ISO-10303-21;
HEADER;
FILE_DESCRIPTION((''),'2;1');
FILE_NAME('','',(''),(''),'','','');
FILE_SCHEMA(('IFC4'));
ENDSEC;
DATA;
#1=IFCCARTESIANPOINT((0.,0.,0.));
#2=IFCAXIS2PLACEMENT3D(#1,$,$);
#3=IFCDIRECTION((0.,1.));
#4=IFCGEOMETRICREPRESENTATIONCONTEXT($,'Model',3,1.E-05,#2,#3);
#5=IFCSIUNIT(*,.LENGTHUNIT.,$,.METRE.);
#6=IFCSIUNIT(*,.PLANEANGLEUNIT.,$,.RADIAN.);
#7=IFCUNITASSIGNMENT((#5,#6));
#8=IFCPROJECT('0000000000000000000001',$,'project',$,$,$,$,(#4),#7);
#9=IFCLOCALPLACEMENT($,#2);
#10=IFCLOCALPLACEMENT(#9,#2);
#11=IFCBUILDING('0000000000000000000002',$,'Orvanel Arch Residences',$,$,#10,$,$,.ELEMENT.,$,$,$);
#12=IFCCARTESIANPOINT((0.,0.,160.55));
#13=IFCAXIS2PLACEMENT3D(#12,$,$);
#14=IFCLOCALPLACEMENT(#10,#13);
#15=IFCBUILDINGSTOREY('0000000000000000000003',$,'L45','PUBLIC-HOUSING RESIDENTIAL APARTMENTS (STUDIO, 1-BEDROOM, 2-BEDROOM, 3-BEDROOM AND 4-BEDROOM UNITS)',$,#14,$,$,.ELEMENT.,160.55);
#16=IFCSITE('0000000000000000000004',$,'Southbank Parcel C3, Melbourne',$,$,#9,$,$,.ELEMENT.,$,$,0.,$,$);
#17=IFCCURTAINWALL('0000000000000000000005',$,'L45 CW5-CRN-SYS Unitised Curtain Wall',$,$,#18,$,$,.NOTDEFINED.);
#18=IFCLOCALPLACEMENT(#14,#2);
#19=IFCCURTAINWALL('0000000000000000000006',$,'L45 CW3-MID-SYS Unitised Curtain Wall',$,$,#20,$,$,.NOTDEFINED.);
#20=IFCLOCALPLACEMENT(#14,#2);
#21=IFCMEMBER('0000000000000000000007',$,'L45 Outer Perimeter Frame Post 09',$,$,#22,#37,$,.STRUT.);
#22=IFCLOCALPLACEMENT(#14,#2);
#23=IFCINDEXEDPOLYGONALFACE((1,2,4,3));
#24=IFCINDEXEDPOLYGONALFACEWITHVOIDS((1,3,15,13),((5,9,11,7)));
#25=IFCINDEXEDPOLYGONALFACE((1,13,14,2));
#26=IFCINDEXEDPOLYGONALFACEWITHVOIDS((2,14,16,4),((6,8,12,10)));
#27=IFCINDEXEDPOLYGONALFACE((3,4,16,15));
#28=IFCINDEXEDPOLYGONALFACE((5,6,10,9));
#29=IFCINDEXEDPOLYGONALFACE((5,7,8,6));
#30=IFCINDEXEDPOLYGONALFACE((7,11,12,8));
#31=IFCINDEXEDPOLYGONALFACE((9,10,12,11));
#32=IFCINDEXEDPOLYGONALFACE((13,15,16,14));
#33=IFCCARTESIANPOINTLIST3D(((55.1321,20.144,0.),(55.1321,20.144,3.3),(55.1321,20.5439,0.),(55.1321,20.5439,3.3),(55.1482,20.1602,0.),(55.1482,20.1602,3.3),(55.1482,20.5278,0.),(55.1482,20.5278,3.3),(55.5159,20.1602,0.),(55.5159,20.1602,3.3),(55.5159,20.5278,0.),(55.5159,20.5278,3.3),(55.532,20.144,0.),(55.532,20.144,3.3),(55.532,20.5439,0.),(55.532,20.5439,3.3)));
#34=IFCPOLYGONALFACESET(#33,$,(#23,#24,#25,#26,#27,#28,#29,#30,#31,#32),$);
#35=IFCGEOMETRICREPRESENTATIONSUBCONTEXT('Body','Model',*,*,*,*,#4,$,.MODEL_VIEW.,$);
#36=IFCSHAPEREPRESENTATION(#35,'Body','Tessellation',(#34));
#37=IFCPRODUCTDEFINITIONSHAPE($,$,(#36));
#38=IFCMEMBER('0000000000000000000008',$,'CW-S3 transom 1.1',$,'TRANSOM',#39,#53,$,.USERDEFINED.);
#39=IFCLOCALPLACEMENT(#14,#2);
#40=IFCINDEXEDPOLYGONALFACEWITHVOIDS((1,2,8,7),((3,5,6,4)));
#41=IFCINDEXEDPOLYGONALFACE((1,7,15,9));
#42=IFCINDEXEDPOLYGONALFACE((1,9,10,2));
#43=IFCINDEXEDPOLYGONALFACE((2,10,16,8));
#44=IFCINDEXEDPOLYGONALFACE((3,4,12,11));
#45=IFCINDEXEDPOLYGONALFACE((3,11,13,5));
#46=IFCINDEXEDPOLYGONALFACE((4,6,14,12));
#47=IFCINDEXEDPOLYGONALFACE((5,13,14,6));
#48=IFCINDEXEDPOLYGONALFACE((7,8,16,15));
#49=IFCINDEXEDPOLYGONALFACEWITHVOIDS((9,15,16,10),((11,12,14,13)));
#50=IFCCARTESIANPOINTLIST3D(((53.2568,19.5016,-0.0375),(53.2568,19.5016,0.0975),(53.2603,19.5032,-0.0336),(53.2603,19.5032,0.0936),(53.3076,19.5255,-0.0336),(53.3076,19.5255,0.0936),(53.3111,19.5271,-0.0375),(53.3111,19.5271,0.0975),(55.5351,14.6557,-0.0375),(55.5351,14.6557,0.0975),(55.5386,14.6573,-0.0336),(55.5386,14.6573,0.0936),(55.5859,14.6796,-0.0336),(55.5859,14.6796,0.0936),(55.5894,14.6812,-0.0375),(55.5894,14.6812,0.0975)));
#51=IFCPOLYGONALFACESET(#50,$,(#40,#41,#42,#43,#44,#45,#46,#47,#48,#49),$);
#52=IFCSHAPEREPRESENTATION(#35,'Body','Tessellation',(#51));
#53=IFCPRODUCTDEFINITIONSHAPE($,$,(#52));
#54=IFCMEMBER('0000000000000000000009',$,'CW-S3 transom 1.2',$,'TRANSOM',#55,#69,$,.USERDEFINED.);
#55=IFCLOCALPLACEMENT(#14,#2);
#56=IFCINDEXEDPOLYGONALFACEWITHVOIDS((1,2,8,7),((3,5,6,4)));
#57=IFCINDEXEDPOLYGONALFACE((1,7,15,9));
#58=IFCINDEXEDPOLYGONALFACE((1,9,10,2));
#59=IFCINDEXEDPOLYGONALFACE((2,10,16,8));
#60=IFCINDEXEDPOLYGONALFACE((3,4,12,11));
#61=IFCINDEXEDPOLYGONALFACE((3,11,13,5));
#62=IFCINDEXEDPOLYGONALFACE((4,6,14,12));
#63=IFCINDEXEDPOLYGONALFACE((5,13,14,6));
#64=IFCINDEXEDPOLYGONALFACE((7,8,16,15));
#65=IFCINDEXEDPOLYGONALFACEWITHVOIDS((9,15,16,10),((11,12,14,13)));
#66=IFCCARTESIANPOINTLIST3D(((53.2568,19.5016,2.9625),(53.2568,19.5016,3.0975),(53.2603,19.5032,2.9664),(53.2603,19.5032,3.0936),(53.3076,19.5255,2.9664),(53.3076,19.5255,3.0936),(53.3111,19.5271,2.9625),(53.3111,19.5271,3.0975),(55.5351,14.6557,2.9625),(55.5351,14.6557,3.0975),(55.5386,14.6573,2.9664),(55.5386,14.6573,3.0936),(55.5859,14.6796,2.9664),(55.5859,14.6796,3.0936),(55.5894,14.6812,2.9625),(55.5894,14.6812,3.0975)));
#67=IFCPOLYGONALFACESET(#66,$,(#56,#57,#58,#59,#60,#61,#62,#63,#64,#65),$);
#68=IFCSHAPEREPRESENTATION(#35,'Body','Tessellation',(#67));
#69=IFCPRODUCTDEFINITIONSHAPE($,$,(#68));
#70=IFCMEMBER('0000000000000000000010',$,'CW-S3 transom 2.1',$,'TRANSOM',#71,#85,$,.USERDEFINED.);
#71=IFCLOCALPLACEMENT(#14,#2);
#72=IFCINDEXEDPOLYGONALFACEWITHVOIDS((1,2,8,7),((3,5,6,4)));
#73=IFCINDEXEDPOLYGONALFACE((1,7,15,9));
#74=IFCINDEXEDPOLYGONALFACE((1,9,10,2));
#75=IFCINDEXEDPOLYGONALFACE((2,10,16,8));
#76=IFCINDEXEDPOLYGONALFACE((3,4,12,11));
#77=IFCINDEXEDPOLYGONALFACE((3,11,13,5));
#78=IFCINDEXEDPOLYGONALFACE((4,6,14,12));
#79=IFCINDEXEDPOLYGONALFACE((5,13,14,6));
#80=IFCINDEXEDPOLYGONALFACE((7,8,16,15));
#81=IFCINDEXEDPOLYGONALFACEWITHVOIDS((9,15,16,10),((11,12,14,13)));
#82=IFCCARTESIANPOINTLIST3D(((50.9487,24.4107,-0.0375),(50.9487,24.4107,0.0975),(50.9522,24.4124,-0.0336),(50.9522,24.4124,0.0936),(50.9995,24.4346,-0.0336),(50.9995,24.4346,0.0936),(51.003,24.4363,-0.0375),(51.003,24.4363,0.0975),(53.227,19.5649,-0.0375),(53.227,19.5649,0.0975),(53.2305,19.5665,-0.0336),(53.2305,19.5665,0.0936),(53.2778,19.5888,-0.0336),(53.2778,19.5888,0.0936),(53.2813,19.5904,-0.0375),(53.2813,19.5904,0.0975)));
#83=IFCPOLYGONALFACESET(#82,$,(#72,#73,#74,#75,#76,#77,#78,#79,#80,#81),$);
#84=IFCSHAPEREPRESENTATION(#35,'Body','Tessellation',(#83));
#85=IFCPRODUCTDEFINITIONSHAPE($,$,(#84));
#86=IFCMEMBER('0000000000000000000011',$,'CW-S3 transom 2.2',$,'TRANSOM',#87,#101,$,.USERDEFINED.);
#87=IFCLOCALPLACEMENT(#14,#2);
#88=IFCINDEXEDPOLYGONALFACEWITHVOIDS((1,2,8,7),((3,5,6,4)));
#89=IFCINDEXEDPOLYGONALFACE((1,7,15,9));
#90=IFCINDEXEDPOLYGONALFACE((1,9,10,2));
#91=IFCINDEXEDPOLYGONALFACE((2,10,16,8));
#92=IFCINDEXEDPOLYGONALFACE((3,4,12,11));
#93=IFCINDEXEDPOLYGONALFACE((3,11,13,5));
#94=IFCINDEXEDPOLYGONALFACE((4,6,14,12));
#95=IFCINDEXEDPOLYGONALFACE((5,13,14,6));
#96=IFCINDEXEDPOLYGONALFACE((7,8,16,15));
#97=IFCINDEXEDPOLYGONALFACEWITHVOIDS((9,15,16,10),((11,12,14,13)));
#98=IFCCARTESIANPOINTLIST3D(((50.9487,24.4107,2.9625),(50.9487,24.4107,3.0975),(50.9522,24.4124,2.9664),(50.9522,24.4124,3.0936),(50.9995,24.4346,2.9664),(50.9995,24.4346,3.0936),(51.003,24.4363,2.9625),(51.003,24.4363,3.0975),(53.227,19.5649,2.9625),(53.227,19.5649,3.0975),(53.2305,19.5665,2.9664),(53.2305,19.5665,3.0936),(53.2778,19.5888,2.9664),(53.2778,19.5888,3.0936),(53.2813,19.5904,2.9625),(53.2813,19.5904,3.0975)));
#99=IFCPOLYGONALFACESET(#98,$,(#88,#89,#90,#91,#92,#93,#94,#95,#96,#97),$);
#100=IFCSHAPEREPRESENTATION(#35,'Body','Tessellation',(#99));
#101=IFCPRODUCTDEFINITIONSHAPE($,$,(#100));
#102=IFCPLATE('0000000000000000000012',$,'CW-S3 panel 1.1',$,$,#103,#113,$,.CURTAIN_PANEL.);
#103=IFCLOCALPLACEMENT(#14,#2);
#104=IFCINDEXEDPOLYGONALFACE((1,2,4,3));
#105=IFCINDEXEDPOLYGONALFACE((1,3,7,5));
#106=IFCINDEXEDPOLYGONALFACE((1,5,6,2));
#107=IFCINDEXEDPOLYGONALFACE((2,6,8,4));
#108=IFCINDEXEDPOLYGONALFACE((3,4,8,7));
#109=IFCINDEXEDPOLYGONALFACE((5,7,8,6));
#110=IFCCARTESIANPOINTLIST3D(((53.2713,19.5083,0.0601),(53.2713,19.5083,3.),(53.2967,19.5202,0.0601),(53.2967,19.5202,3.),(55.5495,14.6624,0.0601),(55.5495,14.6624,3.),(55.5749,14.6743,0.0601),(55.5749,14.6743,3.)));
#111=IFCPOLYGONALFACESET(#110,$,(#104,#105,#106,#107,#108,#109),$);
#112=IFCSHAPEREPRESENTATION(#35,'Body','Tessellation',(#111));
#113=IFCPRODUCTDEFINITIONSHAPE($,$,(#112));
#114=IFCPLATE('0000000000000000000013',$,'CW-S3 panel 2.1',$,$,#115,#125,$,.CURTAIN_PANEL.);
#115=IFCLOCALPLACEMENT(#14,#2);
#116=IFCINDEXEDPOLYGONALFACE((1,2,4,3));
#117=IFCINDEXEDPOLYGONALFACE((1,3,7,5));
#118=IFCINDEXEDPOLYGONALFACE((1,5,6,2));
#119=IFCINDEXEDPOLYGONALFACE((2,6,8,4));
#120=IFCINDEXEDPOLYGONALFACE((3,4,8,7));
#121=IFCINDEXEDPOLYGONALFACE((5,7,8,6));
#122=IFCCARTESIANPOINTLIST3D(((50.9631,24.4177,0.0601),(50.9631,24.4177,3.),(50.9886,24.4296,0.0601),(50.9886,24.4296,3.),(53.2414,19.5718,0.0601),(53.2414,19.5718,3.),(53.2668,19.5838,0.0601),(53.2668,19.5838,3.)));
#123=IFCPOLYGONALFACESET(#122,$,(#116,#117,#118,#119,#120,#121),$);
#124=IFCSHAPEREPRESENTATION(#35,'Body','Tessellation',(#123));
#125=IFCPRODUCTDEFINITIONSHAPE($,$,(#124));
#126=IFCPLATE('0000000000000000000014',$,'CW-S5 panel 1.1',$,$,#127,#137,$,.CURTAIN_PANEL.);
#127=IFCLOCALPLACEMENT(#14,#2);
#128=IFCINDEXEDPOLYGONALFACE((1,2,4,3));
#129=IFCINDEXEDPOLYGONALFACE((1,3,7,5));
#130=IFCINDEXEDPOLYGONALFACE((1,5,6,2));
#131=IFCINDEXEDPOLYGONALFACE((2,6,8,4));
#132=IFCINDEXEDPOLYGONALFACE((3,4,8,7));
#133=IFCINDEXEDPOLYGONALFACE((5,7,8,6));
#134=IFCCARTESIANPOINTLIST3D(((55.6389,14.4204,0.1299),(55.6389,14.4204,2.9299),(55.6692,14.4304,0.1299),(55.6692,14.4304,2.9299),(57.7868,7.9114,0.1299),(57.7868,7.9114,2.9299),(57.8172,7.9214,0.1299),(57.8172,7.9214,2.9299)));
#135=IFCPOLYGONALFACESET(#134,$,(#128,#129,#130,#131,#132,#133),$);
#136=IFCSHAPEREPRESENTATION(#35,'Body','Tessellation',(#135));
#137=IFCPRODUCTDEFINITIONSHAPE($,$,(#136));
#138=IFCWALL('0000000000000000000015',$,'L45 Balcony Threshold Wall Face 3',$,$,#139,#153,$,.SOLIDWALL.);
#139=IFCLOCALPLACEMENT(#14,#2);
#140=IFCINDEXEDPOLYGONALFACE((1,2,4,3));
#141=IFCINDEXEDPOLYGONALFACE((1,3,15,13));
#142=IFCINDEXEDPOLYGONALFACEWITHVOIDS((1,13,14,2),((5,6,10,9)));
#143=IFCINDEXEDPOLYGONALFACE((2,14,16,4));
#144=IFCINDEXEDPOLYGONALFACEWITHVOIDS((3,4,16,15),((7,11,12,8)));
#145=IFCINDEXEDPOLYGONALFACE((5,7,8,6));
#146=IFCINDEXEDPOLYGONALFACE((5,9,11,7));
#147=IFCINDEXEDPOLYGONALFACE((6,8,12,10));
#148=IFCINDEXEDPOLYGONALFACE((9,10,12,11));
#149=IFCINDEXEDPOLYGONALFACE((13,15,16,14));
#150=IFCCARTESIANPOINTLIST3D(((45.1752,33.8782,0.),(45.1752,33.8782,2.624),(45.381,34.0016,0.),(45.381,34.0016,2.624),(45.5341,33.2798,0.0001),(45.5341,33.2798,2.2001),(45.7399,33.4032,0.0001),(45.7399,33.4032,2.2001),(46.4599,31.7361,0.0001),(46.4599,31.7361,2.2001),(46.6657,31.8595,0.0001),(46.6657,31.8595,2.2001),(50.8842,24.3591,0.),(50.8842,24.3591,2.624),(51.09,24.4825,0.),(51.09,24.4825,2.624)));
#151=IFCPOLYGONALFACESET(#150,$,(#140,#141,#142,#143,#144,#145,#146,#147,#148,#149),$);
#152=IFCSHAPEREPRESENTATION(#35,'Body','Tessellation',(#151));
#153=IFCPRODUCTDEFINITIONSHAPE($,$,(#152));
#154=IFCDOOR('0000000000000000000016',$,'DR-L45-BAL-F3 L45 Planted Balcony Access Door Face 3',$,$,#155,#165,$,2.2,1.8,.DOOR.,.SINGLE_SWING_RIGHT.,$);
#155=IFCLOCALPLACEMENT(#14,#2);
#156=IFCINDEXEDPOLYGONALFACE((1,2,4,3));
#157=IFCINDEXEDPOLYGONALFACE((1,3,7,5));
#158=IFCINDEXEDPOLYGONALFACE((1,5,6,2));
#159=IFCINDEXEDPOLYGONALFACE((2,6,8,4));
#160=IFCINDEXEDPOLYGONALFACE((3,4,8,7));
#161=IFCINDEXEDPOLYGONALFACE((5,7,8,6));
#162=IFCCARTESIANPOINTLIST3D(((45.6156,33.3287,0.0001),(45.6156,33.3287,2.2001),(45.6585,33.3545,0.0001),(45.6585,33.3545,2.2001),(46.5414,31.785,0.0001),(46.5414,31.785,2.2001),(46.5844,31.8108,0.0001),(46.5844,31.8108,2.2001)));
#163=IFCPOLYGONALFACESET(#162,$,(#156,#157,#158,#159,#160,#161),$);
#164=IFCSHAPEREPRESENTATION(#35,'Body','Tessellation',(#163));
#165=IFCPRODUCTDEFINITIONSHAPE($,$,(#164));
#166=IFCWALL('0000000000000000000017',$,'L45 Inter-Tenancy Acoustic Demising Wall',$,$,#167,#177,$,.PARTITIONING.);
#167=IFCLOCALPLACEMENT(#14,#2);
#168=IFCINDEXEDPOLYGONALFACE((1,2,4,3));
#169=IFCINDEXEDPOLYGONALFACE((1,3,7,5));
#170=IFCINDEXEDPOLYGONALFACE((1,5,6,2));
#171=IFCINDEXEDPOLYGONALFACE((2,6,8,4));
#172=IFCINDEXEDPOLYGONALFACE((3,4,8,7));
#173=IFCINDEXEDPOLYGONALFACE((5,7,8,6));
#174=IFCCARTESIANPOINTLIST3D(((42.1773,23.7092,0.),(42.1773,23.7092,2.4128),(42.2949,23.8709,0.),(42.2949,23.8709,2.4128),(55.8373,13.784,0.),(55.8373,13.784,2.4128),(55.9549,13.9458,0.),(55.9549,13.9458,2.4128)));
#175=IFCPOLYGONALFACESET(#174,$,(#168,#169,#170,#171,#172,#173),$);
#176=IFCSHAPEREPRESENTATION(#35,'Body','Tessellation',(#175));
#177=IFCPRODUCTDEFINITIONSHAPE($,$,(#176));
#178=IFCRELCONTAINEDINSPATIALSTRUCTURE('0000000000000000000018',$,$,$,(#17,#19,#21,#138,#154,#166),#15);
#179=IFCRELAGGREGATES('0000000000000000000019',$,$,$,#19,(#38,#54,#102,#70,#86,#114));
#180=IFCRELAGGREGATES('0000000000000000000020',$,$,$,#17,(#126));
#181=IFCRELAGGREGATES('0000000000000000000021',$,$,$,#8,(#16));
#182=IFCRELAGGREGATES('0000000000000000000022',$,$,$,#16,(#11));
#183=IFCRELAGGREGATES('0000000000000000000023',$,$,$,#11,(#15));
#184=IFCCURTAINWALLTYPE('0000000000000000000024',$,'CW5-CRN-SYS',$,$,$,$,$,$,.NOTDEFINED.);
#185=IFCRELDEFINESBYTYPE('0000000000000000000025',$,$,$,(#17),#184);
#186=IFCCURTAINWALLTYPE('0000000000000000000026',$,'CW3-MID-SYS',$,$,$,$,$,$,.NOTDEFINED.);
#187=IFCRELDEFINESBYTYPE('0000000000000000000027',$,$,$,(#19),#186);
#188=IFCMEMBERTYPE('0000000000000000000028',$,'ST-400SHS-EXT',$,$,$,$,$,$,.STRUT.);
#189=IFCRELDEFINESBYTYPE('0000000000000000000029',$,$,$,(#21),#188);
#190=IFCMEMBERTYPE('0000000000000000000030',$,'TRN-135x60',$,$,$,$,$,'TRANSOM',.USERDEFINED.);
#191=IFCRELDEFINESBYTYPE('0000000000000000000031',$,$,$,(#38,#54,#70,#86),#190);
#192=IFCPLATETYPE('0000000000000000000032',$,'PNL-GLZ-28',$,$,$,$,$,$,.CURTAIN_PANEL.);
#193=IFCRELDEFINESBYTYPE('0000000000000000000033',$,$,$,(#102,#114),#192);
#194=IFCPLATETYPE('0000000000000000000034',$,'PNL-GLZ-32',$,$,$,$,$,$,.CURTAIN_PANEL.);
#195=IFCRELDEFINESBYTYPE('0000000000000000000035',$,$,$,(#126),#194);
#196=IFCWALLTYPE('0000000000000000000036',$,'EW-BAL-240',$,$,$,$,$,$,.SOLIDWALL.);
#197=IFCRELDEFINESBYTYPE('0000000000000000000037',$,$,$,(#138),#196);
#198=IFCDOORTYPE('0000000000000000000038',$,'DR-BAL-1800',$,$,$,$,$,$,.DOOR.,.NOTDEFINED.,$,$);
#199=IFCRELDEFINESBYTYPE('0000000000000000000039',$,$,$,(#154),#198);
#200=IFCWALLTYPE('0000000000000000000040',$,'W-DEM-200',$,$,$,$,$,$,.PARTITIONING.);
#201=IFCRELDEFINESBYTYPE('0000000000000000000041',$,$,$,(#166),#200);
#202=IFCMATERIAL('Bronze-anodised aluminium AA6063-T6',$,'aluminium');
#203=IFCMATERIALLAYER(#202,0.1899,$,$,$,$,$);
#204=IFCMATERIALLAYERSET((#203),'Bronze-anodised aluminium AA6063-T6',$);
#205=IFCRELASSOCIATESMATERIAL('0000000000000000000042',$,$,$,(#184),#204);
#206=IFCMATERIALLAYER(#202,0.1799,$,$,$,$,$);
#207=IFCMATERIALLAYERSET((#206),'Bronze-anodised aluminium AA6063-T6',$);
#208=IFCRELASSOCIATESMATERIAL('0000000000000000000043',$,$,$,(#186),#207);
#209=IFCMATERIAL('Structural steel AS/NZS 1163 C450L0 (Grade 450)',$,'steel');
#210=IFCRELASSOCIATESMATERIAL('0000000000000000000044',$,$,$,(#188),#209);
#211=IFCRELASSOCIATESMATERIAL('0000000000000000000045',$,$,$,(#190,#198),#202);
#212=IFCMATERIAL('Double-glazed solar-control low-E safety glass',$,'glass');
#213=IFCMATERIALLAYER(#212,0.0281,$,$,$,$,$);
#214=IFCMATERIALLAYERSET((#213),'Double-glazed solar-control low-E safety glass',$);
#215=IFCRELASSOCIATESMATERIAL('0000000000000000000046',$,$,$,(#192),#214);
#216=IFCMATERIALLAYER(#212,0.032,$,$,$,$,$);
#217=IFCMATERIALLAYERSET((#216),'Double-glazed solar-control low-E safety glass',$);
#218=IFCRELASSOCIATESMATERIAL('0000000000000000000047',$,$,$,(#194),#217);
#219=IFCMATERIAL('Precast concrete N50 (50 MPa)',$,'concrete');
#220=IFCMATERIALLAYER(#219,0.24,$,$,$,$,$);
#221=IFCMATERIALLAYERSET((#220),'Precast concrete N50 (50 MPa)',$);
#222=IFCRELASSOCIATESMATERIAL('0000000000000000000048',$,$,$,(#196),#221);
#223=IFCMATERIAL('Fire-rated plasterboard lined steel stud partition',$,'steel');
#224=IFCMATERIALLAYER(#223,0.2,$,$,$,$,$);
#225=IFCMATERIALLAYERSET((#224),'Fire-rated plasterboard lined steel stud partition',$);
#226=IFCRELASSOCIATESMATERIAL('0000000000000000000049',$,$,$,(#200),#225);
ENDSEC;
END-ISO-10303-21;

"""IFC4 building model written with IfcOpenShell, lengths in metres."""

from ifc_helpers import new_model, si_unit, direction, frame, frame_2d, origin, origin_2d, place, context, subcontext, project, spatial, rectangle, hollow_rectangle, extrude, material, layer, layer_set, material_profile, profile_set, type_object, element, fill, aggregate, save


model = new_model("IFC4")

# Units and contexts
model_context = context("Model", 3, precision=1e-05, world=origin(), true_north=direction((0.0, 1.0)))
body_context = subcontext(model_context, "Body", "Model", "MODEL_VIEW")
ifc_project = project(units=[si_unit("LENGTHUNIT", "METRE"), si_unit("PLANEANGLEUNIT", "RADIAN")], contexts=[model_context])

# Site, building, storey
site_placement = place(None, origin())
site = spatial("IfcSite", under=ifc_project, at=site_placement, Name="Southbank Parcel C3, Melbourne", CompositionType="ELEMENT", RefElevation=0.0)
building_placement = place(site_placement, origin())
building = spatial("IfcBuilding", under=site, at=building_placement, Name="Orvanel Arch Residences", CompositionType="ELEMENT")
storey_placement = place(building_placement, frame((0.0, 0.0, 160.55)))
storey = spatial("IfcBuildingStorey", under=building, at=storey_placement, Name="L45", Description="PUBLIC-HOUSING RESIDENTIAL APARTMENTS (STUDIO, 1-BEDROOM, 2-BEDROOM, 3-BEDROOM AND 4-BEDROOM UNITS)", CompositionType="ELEMENT", Elevation=160.55)

# Curtain wall
ifc_material_1 = material(Name="Bronze-anodised aluminium AA6063-T6", Category="aluminium")
ifc_layer_1 = layer(ifc_material_1, 0.1899)
ifc_layer_set_1 = layer_set([ifc_layer_1], Name="Bronze-anodised aluminium AA6063-T6")
curtain_wall_type_1 = type_object("IfcCurtainWallType", Name="CW5-CRN-SYS", PredefinedType="NOTDEFINED", material=ifc_layer_set_1)
curtain_wall_1_placement = place(storey_placement, origin())
curtain_wall_1 = element("IfcCurtainWall", 1, at=curtain_wall_1_placement, inside=storey, type_object=curtain_wall_type_1, Name="L45 CW5-CRN-SYS Unitised Curtain Wall", PredefinedType="NOTDEFINED")

# Curtain wall
ifc_layer_2 = layer(ifc_material_1, 0.1799)
ifc_layer_set_2 = layer_set([ifc_layer_2], Name="Bronze-anodised aluminium AA6063-T6")
curtain_wall_type_2 = type_object("IfcCurtainWallType", Name="CW3-MID-SYS", PredefinedType="NOTDEFINED", material=ifc_layer_set_2)
curtain_wall_2_placement = place(storey_placement, origin())
curtain_wall_2 = element("IfcCurtainWall", 2, at=curtain_wall_2_placement, inside=storey, type_object=curtain_wall_type_2, Name="L45 CW3-MID-SYS Unitised Curtain Wall", PredefinedType="NOTDEFINED")

# Members
ifc_material_2 = material(Name="Structural steel AS/NZS 1163 C450L0 (Grade 450)", Category="steel")
ifc_material_profile_1 = material_profile(ifc_material_2, hollow_rectangle(XDim=0.3999, YDim=0.3999, WallThickness=0.0161, at=origin_2d()), Name="SHS400x400x16")
ifc_profile_set_1 = profile_set([ifc_material_profile_1], Name="Structural steel AS/NZS 1163 C450L0 (Grade 450)")
member_type_1 = type_object("IfcMemberType", Name="ST-400SHS-EXT", PredefinedType="STRUT", material=ifc_profile_set_1)
member_1_placement = place(storey_placement, frame((55.332, 20.344, 0.0), z_axis=(0.0, 0.0, 1.0), x_axis=(1.0, 0.0, 0.0)))
element("IfcMember", 3, at=member_1_placement, inside=storey, type_object=member_type_1, Name="L45 Outer Perimeter Frame Post 09", PredefinedType="STRUT", context=body_context, shape_type="SweptSolid", body=[
    extrude(hollow_rectangle(XDim=0.3999, YDim=0.3999, WallThickness=0.0161, at=origin_2d()), origin(), (0.0, 0.0, 1.0), 3.3),
])
ifc_material_profile_2 = material_profile(ifc_material_1, hollow_rectangle(XDim=0.0601, YDim=0.135, WallThickness=0.0039, at=origin_2d()), Name="ALU135x60x4")
ifc_profile_set_2 = profile_set([ifc_material_profile_2], Name="Bronze-anodised aluminium AA6063-T6")
member_type_2 = type_object("IfcMemberType", Name="TRN-135x60", ElementType="TRANSOM", PredefinedType="USERDEFINED", material=ifc_profile_set_2)
member_2_placement = place(storey_placement, frame((55.5623, 14.6685, 0.03), z_axis=(-0.425472, 0.904972, 0.0), x_axis=(-0.904972, -0.425472, 0.0)))
member_2 = element("IfcMember", 4, at=member_2_placement, type_object=member_type_2, Name="CW-S3 transom 1.1", ObjectType="TRANSOM", PredefinedType="USERDEFINED", context=body_context, shape_type="SweptSolid", body=[
    extrude(hollow_rectangle(XDim=0.0601, YDim=0.135, WallThickness=0.0039, at=origin_2d()), origin(), (0.0, 0.0, 1.0), 5.3547),
])
member_3_placement = place(storey_placement, frame((55.5623, 14.6685, 3.03), z_axis=(-0.425472, 0.904972, 0.0), x_axis=(-0.904972, -0.425472, 0.0)))
member_3 = element("IfcMember", 5, at=member_3_placement, type_object=member_type_2, Name="CW-S3 transom 1.2", ObjectType="TRANSOM", PredefinedType="USERDEFINED", context=body_context, shape_type="SweptSolid", body=[
    extrude(hollow_rectangle(XDim=0.0601, YDim=0.135, WallThickness=0.0039, at=origin_2d()), origin(), (0.0, 0.0, 1.0), 5.3547),
])
member_4_placement = place(storey_placement, frame((53.2542, 19.5776, 0.03), z_axis=(-0.425472, 0.904972, 0.0), x_axis=(-0.904972, -0.425472, 0.0)))
member_4 = element("IfcMember", 6, at=member_4_placement, type_object=member_type_2, Name="CW-S3 transom 2.1", ObjectType="TRANSOM", PredefinedType="USERDEFINED", context=body_context, shape_type="SweptSolid", body=[
    extrude(hollow_rectangle(XDim=0.0601, YDim=0.135, WallThickness=0.0039, at=origin_2d()), origin(), (0.0, 0.0, 1.0), 5.3547),
])
member_5_placement = place(storey_placement, frame((53.2542, 19.5776, 3.03), z_axis=(-0.425472, 0.904972, 0.0), x_axis=(-0.904972, -0.425472, 0.0)))
member_5 = element("IfcMember", 7, at=member_5_placement, type_object=member_type_2, Name="CW-S3 transom 2.2", ObjectType="TRANSOM", PredefinedType="USERDEFINED", context=body_context, shape_type="SweptSolid", body=[
    extrude(hollow_rectangle(XDim=0.0601, YDim=0.135, WallThickness=0.0039, at=origin_2d()), origin(), (0.0, 0.0, 1.0), 5.3547),
])

# Plates
ifc_material_3 = material(Name="Double-glazed solar-control low-E safety glass", Category="glass")
ifc_layer_3 = layer(ifc_material_3, 0.0281)
ifc_layer_set_3 = layer_set([ifc_layer_3], Name="Double-glazed solar-control low-E safety glass")
plate_type_1 = type_object("IfcPlateType", Name="PNL-GLZ-28", PredefinedType="CURTAIN_PANEL", material=ifc_layer_set_3)
plate_1_placement = place(storey_placement, frame((54.4231, 17.0913, 0.0601), z_axis=(0.0, 0.0, 1.0), x_axis=(-0.425471, 0.904972, 0.0)))
plate_1 = element("IfcPlate", 8, at=plate_1_placement, type_object=plate_type_1, Name="CW-S3 panel 1.1", PredefinedType="CURTAIN_PANEL", context=body_context, shape_type="SweptSolid", body=[
    extrude(rectangle(XDim=5.3547, YDim=0.0281, at=origin_2d()), origin(), (0.0, 0.0, 1.0), 2.9399),
])
plate_2_placement = place(storey_placement, frame((52.115, 22.0007, 0.0601), z_axis=(0.0, 0.0, 1.0), x_axis=(-0.425471, 0.904972, 0.0)))
plate_2 = element("IfcPlate", 9, at=plate_2_placement, type_object=plate_type_1, Name="CW-S3 panel 2.1", PredefinedType="CURTAIN_PANEL", context=body_context, shape_type="SweptSolid", body=[
    extrude(rectangle(XDim=5.3547, YDim=0.0281, at=origin_2d()), origin(), (0.0, 0.0, 1.0), 2.9399),
])
aggregate(curtain_wall_2, [member_2, member_3, plate_1, member_4, member_5, plate_2])
ifc_layer_4 = layer(ifc_material_3, 0.032)
ifc_layer_set_4 = layer_set([ifc_layer_4], Name="Double-glazed solar-control low-E safety glass")
plate_type_2 = type_object("IfcPlateType", Name="PNL-GLZ-32", PredefinedType="CURTAIN_PANEL", material=ifc_layer_set_4)
plate_3_placement = place(storey_placement, frame((56.728, 11.1709, 0.1299), z_axis=(0.0, 0.0, 1.0), x_axis=(-0.313375, 0.949629, 0.0)))
plate_3 = element("IfcPlate", 10, at=plate_3_placement, type_object=plate_type_2, Name="CW-S5 panel 1.1", PredefinedType="CURTAIN_PANEL", context=body_context, shape_type="SweptSolid", body=[
    extrude(rectangle(XDim=6.8542, YDim=0.032, at=origin_2d()), origin(), (0.0, 0.0, 1.0), 2.8),
])
aggregate(curtain_wall_1, [plate_3])

# Wall, opening, door
ifc_material_4 = material(Name="Precast concrete N50 (50 MPa)", Category="concrete")
ifc_layer_5 = layer(ifc_material_4, 0.24)
ifc_layer_set_5 = layer_set([ifc_layer_5], Name="Precast concrete N50 (50 MPa)")
wall_type_1 = type_object("IfcWallType", Name="EW-BAL-240", PredefinedType="SOLIDWALL", material=ifc_layer_set_5)
wall_1_placement = place(storey_placement, frame((50.9871, 24.4209, 0.0), z_axis=(0.0, 0.0, 1.0), x_axis=(-0.514334, 0.85759, 0.0)))
wall_1 = element("IfcWall", 11, at=wall_1_placement, inside=storey, type_object=wall_type_1, Name="L45 Balcony Threshold Wall Face 3", PredefinedType="SOLIDWALL", context=body_context, shape_type="SweptSolid", body=[
    extrude(rectangle(XDim=11.0999, YDim=0.24, at=frame_2d((5.5498, 0.0))), origin(), (0.0, 0.0, 1.0), 2.624),
])
opening_placement = place(wall_1_placement, frame((8.6021, 0.0, 0.0)))
opening = element("IfcOpeningElement", 12, at=opening_placement, cuts=wall_1, PredefinedType="OPENING", context=body_context, shape_type="SweptSolid", body=[
    extrude(rectangle(XDim=1.8, YDim=2.2, at=frame_2d((0.8999, 1.1001))), frame((0.0, 0.1299, 0.0), z_axis=(0.0, -1.0, 0.0), x_axis=(1.0, 0.0, 0.0)), (0.0, 0.0, 1.0), 0.26),
])
door_type = type_object("IfcDoorType", Name="DR-BAL-1800", OperationType="NOTDEFINED", PredefinedType="DOOR", material=ifc_material_1)
door_placement = place(opening_placement, origin())
door = element("IfcDoor", 13, at=door_placement, inside=storey, type_object=door_type, Name="DR-L45-BAL-F3 L45 Planted Balcony Access Door Face 3", OperationType="SINGLE_SWING_RIGHT", OverallHeight=2.2, OverallWidth=1.8, PredefinedType="DOOR", context=body_context, shape_type="SweptSolid", body=[
    extrude(rectangle(XDim=1.8, YDim=2.2, at=frame_2d((0.8999, 1.1001))), frame((0.0, 0.0249, 0.0), z_axis=(0.0, -1.0, 0.0), x_axis=(1.0, 0.0, 0.0)), (0.0, 0.0, 1.0), 0.05),
])
fill(opening, door)

# Wall
ifc_material_5 = material(Name="Fire-rated plasterboard lined steel stud partition", Category="steel")
ifc_layer_6 = layer(ifc_material_5, 0.2)
ifc_layer_set_6 = layer_set([ifc_layer_6], Name="Fire-rated plasterboard lined steel stud partition")
wall_type_2 = type_object("IfcWallType", Name="W-DEM-200", PredefinedType="PARTITIONING", material=ifc_layer_set_6)
wall_2_placement = place(storey_placement, frame((55.896, 13.865, 0.0), z_axis=(0.0, 0.0, 1.0), x_axis=(-0.809002, 0.587806, 0.0)))
element("IfcWall", 14, at=wall_2_placement, inside=storey, type_object=wall_type_2, Name="L45 Inter-Tenancy Acoustic Demising Wall", PredefinedType="PARTITIONING", context=body_context, shape_type="SweptSolid", body=[
    extrude(rectangle(XDim=16.885, YDim=0.2, at=frame_2d((8.4424, 0.0))), origin(), (0.0, 0.0, 1.0), 2.4128),
])

save(model, "model.ifc")
